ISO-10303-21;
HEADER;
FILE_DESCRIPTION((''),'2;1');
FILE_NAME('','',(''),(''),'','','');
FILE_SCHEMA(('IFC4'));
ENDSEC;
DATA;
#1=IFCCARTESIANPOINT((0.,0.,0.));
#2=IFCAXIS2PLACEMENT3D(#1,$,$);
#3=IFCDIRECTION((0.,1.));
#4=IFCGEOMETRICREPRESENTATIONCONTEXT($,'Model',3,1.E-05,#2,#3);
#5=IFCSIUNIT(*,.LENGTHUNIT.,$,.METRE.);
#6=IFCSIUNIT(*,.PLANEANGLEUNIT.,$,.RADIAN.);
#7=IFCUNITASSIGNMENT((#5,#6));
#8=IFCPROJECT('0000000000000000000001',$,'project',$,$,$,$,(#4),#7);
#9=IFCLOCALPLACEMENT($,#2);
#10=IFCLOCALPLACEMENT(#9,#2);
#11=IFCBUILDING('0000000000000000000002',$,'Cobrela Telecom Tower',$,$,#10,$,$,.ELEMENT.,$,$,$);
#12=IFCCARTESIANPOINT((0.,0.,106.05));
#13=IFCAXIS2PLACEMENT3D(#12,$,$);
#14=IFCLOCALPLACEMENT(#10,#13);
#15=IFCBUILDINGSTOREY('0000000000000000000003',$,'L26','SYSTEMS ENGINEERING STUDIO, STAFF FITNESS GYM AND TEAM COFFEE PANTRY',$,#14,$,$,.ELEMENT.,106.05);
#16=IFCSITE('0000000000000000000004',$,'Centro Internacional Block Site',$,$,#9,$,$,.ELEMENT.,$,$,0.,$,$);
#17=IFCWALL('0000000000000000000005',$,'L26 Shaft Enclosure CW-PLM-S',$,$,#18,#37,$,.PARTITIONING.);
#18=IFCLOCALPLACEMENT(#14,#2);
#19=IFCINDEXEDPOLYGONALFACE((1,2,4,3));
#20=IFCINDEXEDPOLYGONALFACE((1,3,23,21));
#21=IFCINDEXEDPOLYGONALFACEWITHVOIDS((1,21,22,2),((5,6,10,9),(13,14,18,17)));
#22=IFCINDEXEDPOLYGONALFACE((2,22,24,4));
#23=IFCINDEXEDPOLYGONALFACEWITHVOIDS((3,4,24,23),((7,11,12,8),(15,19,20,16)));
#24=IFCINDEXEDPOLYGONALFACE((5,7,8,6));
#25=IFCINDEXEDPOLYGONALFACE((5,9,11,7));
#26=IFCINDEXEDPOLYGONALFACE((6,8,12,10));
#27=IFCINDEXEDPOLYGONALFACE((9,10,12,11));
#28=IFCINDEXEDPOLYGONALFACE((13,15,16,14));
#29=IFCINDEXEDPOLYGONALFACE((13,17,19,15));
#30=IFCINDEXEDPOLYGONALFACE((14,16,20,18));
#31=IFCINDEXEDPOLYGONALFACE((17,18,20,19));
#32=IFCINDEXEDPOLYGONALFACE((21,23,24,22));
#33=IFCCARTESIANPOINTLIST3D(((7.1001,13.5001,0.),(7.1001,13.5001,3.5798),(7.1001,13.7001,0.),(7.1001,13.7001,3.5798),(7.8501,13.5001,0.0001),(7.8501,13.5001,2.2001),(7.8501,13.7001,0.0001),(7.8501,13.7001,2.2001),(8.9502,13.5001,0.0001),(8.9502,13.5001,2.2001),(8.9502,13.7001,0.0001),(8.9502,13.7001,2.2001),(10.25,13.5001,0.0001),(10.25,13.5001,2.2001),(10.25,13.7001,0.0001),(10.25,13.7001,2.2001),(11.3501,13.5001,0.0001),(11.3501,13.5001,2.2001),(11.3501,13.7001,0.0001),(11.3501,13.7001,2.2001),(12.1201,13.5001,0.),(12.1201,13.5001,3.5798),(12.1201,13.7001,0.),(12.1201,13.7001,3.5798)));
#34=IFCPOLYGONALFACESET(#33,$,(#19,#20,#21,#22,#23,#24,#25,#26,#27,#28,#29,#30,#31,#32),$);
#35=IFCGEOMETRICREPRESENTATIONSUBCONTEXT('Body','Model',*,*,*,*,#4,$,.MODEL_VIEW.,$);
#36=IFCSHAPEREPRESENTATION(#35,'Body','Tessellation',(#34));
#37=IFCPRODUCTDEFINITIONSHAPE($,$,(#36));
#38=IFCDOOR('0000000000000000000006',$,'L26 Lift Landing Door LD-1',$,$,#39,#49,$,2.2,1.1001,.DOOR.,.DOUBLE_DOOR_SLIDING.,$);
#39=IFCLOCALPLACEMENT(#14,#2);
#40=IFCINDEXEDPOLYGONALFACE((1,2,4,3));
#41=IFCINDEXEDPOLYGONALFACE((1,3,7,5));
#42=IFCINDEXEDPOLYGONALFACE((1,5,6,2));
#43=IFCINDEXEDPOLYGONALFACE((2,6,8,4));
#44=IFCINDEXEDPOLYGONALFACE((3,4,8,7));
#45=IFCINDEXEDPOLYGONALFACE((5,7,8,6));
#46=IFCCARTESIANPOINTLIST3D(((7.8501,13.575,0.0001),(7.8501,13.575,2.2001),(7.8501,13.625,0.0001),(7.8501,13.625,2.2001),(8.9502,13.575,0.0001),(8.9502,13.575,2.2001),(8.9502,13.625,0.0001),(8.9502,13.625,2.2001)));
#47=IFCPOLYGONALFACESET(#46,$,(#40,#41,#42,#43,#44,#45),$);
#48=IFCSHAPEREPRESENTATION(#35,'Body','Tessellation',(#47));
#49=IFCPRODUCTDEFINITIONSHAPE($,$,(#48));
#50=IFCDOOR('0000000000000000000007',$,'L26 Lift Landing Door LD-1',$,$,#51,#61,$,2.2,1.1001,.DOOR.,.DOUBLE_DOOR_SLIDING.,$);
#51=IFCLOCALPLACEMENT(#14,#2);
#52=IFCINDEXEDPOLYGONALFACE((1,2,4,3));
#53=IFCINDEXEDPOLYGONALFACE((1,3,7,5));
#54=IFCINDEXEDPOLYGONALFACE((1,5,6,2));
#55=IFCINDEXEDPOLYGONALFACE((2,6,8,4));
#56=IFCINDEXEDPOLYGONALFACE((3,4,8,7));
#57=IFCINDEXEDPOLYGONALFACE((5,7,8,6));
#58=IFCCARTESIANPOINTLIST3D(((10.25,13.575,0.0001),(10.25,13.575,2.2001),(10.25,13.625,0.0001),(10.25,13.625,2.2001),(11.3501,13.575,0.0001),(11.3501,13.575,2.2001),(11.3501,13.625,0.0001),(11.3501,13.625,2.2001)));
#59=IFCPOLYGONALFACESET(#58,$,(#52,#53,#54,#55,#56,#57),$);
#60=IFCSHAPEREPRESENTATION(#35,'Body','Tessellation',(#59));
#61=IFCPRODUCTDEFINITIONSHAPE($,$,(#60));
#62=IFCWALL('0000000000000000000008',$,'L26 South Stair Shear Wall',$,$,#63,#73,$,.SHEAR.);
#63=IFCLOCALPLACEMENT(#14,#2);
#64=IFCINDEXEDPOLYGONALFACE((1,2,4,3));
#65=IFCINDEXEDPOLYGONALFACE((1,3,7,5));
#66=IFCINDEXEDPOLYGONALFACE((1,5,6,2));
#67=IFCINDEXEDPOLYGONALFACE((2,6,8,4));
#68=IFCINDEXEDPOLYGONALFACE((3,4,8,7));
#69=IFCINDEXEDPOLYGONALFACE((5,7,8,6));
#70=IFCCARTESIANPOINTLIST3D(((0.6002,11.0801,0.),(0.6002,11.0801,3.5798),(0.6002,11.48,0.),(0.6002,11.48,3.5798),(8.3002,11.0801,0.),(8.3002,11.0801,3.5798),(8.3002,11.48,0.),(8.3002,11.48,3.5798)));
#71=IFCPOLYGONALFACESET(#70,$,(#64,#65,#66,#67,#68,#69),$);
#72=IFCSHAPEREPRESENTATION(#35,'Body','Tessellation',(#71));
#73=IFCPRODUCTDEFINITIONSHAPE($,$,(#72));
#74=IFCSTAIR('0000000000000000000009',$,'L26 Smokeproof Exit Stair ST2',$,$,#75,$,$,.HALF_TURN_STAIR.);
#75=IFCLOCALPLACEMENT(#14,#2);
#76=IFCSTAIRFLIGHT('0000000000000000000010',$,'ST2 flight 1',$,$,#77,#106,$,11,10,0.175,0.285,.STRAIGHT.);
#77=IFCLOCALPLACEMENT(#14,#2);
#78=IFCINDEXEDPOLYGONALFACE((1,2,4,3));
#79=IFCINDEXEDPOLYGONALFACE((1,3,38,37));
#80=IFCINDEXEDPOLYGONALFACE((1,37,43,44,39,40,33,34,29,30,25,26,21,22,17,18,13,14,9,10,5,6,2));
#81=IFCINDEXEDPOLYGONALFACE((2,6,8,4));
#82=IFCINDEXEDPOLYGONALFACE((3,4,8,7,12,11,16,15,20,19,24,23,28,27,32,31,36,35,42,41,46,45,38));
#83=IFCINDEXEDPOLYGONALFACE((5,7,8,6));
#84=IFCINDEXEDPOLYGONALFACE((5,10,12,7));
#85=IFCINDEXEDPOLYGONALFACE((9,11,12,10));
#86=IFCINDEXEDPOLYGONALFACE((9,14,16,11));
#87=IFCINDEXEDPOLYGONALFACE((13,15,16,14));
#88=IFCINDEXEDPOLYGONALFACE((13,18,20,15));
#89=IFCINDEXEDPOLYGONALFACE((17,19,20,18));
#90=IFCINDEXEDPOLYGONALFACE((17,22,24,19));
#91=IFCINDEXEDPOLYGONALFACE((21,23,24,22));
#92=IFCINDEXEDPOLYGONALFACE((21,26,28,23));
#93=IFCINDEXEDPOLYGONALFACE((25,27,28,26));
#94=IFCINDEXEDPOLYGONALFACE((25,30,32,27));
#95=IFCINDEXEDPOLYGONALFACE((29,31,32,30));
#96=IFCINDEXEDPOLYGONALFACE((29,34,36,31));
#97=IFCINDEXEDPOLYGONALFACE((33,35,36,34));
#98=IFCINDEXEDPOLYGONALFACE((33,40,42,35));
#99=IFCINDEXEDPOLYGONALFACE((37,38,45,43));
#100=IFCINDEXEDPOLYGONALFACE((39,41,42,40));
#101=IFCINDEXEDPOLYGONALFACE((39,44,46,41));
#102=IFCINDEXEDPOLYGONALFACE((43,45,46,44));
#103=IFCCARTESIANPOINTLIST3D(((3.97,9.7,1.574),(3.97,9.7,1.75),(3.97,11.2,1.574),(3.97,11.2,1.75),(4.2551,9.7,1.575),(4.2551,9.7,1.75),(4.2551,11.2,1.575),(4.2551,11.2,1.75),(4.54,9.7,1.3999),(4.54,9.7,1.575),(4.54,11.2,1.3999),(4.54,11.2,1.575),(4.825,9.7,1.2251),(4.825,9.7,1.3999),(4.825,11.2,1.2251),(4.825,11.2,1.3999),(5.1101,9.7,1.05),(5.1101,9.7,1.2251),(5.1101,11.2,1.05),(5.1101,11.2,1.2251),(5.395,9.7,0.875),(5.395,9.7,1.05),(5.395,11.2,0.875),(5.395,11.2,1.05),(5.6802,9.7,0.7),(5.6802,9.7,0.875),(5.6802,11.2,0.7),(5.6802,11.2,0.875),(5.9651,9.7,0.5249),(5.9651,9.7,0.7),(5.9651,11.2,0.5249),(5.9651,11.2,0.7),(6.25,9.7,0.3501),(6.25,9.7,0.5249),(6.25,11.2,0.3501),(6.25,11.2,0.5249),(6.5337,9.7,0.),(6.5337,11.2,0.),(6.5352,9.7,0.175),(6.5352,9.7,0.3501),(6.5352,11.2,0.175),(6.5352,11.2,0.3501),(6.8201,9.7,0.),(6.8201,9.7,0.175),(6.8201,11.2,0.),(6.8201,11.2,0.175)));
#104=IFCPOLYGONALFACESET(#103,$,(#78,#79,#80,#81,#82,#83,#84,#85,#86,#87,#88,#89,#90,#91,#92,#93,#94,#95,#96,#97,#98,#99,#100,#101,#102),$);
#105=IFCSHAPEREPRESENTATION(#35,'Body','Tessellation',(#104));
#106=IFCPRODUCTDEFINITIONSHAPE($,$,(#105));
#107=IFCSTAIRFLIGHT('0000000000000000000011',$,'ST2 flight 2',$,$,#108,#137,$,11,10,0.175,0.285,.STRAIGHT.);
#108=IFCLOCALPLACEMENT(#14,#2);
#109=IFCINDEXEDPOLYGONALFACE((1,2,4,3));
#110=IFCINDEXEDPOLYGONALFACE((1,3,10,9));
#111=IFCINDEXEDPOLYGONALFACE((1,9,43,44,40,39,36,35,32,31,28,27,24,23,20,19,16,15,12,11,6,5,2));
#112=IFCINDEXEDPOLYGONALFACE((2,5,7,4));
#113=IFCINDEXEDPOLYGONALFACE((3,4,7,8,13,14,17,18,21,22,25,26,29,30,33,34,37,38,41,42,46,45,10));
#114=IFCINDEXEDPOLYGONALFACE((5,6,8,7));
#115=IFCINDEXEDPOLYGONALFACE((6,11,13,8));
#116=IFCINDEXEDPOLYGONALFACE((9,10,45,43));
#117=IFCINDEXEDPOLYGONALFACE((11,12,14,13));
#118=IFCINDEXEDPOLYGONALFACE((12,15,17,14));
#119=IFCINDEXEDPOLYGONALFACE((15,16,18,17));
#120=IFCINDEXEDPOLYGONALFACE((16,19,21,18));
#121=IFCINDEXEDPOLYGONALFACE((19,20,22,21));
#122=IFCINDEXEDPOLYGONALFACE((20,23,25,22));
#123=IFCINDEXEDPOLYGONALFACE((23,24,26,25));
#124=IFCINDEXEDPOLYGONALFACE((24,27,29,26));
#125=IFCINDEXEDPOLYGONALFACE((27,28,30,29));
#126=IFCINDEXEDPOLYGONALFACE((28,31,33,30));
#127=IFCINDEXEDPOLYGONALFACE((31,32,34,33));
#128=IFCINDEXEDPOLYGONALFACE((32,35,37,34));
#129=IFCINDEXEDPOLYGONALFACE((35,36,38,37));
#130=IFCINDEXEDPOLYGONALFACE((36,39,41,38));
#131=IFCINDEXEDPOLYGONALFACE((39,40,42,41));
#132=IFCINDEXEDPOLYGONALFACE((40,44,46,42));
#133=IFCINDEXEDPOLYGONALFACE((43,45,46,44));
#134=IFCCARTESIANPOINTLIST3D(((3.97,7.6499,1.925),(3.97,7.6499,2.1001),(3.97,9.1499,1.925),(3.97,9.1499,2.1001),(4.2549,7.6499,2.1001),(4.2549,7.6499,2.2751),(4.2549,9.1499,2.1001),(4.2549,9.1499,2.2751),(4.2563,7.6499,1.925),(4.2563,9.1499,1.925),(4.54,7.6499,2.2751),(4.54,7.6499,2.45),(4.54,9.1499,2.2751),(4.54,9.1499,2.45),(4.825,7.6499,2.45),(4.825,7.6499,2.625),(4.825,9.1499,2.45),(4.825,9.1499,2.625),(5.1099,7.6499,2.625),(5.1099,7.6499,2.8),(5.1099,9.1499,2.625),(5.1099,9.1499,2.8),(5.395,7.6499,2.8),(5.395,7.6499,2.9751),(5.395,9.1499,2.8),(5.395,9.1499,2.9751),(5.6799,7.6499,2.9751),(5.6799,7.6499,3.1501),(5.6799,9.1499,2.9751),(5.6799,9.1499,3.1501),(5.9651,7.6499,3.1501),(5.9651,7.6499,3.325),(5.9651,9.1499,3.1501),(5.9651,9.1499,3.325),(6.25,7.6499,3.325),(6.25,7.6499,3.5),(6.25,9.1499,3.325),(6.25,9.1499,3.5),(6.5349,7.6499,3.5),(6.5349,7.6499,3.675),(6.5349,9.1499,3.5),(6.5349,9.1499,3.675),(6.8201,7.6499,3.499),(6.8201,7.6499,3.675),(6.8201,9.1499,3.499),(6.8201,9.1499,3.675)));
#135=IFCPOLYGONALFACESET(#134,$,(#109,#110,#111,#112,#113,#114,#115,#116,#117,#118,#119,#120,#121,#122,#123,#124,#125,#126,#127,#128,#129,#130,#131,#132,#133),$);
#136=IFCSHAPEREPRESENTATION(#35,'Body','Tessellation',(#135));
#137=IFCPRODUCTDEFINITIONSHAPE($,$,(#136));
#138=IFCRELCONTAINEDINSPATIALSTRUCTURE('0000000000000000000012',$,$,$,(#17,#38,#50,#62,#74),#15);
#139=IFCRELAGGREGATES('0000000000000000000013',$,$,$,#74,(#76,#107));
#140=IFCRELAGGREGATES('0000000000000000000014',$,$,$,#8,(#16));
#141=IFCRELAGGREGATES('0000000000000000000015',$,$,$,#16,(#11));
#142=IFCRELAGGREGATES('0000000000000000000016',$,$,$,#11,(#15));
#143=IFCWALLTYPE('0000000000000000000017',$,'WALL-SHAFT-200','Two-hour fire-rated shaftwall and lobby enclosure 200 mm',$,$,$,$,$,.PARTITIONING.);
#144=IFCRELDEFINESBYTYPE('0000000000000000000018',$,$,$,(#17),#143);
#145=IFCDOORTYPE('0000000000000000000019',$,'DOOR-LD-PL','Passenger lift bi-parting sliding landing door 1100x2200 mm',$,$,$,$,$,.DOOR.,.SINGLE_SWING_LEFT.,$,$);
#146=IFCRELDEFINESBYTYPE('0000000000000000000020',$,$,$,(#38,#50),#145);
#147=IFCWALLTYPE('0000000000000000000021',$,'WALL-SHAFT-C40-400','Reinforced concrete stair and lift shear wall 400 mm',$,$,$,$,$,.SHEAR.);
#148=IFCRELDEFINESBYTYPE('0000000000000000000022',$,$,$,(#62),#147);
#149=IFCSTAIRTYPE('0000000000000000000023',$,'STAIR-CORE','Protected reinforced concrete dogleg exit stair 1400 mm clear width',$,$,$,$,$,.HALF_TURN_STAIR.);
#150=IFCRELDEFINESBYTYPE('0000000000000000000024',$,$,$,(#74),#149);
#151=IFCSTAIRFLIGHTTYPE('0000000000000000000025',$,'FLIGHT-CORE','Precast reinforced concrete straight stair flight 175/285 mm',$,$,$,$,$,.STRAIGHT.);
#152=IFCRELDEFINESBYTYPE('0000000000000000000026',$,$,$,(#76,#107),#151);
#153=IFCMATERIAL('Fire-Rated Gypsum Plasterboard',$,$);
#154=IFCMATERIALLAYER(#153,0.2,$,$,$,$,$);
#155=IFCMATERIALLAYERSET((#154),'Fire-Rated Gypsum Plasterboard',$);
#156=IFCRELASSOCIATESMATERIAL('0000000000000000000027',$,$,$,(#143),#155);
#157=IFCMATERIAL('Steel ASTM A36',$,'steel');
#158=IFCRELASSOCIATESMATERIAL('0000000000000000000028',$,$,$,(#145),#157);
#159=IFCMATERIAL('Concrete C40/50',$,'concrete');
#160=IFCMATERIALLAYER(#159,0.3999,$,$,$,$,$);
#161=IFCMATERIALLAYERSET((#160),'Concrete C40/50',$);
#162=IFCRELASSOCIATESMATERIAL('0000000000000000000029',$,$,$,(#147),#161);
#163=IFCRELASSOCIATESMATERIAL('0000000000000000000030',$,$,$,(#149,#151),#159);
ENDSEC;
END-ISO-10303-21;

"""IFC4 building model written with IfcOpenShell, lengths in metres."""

from ifc_helpers import new_model, si_unit, direction, frame, frame_2d, origin, place, context, subcontext, project, spatial, polyline, rectangle, outline, extrude, material, layer, layer_set, type_object, element, fill, aggregate, save


model = new_model("IFC4")

# Units and contexts
model_context = context("Model", 3, precision=1e-05, world=origin(), true_north=direction((0.0, 1.0)))
body_context = subcontext(model_context, "Body", "Model", "MODEL_VIEW")
ifc_project = project(units=[si_unit("LENGTHUNIT", "METRE"), si_unit("PLANEANGLEUNIT", "RADIAN")], contexts=[model_context])

# Site, building, storey
site_placement = place(None, origin())
site = spatial("IfcSite", under=ifc_project, at=site_placement, Name="Centro Internacional Block Site", CompositionType="ELEMENT", RefElevation=0.0)
building_placement = place(site_placement, origin())
building = spatial("IfcBuilding", under=site, at=building_placement, Name="Cobrela Telecom Tower", CompositionType="ELEMENT")
storey_placement = place(building_placement, frame((0.0, 0.0, 106.05)))
storey = spatial("IfcBuildingStorey", under=building, at=storey_placement, Name="L26", Description="SYSTEMS ENGINEERING STUDIO, STAFF FITNESS GYM AND TEAM COFFEE PANTRY", CompositionType="ELEMENT", Elevation=106.05)

# Shared definitions
ifc_material_1 = material(Name="Fire-Rated Gypsum Plasterboard")

# Shared definitions
ifc_layer_1 = layer(ifc_material_1, 0.2)
ifc_layer_set_1 = layer_set([ifc_layer_1], Name="Fire-Rated Gypsum Plasterboard")
wall_type_1 = type_object("IfcWallType", Name="WALL-SHAFT-200", Description="Two-hour fire-rated shaftwall and lobby enclosure 200 mm", PredefinedType="PARTITIONING", material=ifc_layer_set_1)

# Wall, openings, doors
ifc_material_2 = material(Name="Steel ASTM A36", Category="steel")
door_type_1 = type_object("IfcDoorType", Name="DOOR-LD-PL", Description="Passenger lift bi-parting sliding landing door 1100x2200 mm", OperationType="SINGLE_SWING_LEFT", PredefinedType="DOOR", material=ifc_material_2)
wall_1_placement = place(storey_placement, frame((7.1001, 13.6001, 0.0), z_axis=(0.0, 0.0, 1.0), x_axis=(1.0, 0.0, 0.0)))
wall_1 = element("IfcWall", 1, at=wall_1_placement, inside=storey, type_object=wall_type_1, Name="L26 Shaft Enclosure CW-PLM-S", PredefinedType="PARTITIONING", context=body_context, shape_type="SweptSolid", body=[
    extrude(rectangle(XDim=5.02, YDim=0.2, at=frame_2d((2.51, 0.0))), origin(), (0.0, 0.0, 1.0), 3.5798),
])
opening_1_placement = place(wall_1_placement, frame((0.75, 0.0, 0.0)))
opening_1 = element("IfcOpeningElement", 2, at=opening_1_placement, cuts=wall_1, PredefinedType="OPENING", context=body_context, shape_type="SweptSolid", body=[
    extrude(rectangle(XDim=1.1001, YDim=2.2, at=frame_2d((0.55, 1.1001))), frame((0.0, 0.1118, 0.0), z_axis=(0.0, -1.0, 0.0), x_axis=(1.0, 0.0, 0.0)), (0.0, 0.0, 1.0), 0.2239),
])
opening_2_placement = place(wall_1_placement, frame((3.1499, 0.0, 0.0)))
opening_2 = element("IfcOpeningElement", 3, at=opening_2_placement, cuts=wall_1, PredefinedType="OPENING", context=body_context, shape_type="SweptSolid", body=[
    extrude(rectangle(XDim=1.1001, YDim=2.2, at=frame_2d((0.55, 1.1001))), frame((0.0, 0.1118, 0.0), z_axis=(0.0, -1.0, 0.0), x_axis=(1.0, 0.0, 0.0)), (0.0, 0.0, 1.0), 0.2239),
])
door_1_placement = place(opening_1_placement, origin())
door_1 = element("IfcDoor", 4, at=door_1_placement, inside=storey, type_object=door_type_1, Name="L26 Lift Landing Door LD-1", OperationType="DOUBLE_DOOR_SLIDING", OverallHeight=2.2, OverallWidth=1.1001, PredefinedType="DOOR", context=body_context, shape_type="SweptSolid", body=[
    extrude(rectangle(XDim=1.1001, YDim=2.2, at=frame_2d((0.55, 1.1001))), frame((0.0, 0.0249, 0.0), z_axis=(0.0, -1.0, 0.0), x_axis=(1.0, 0.0, 0.0)), (0.0, 0.0, 1.0), 0.05),
])
fill(opening_1, door_1)
door_2_placement = place(opening_2_placement, origin())
door_2 = element("IfcDoor", 5, at=door_2_placement, inside=storey, type_object=door_type_1, Name="L26 Lift Landing Door LD-1", OperationType="DOUBLE_DOOR_SLIDING", OverallHeight=2.2, OverallWidth=1.1001, PredefinedType="DOOR", context=body_context, shape_type="SweptSolid", body=[
    extrude(rectangle(XDim=1.1001, YDim=2.2, at=frame_2d((0.55, 1.1001))), frame((0.0, 0.0249, 0.0), z_axis=(0.0, -1.0, 0.0), x_axis=(1.0, 0.0, 0.0)), (0.0, 0.0, 1.0), 0.05),
])
fill(opening_2, door_2)

# Wall
ifc_material_3 = material(Name="Concrete C40/50", Category="concrete")
ifc_layer_2 = layer(ifc_material_3, 0.3999)
ifc_layer_set_2 = layer_set([ifc_layer_2], Name="Concrete C40/50")
wall_type_2 = type_object("IfcWallType", Name="WALL-SHAFT-C40-400", Description="Reinforced concrete stair and lift shear wall 400 mm", PredefinedType="SHEAR", material=ifc_layer_set_2)
wall_2_placement = place(storey_placement, frame((0.6001, 11.28, 0.0), z_axis=(0.0, 0.0, 1.0), x_axis=(1.0, 0.0, 0.0)))
element("IfcWall", 6, at=wall_2_placement, inside=storey, type_object=wall_type_2, Name="L26 South Stair Shear Wall", PredefinedType="SHEAR", context=body_context, shape_type="SweptSolid", body=[
    extrude(rectangle(XDim=7.7, YDim=0.3999, at=frame_2d((3.8501, 0.0))), origin(), (0.0, 0.0, 1.0), 3.5798),
])

# Stair, stair flights
stair_type = type_object("IfcStairType", Name="STAIR-CORE", Description="Protected reinforced concrete dogleg exit stair 1400 mm clear width", PredefinedType="HALF_TURN_STAIR", material=ifc_material_3)
stair_placement = place(storey_placement, origin())
stair = element("IfcStair", 7, at=stair_placement, inside=storey, type_object=stair_type, Name="L26 Smokeproof Exit Stair ST2", PredefinedType="HALF_TURN_STAIR")
stair_flight_type = type_object("IfcStairFlightType", Name="FLIGHT-CORE", Description="Precast reinforced concrete straight stair flight 175/285 mm", PredefinedType="STRAIGHT", material=ifc_material_3)
stair_flight_1_placement = place(storey_placement, frame((6.8201, 10.45, 0.0), z_axis=(0.0, 0.0, 1.0), x_axis=(-1.0, 0.0, 0.0)))
stair_flight_1 = element("IfcStairFlight", 8, at=stair_flight_1_placement, type_object=stair_flight_type, Name="ST2 flight 1", NumberOfRisers=11, NumberOfTreads=10, PredefinedType="STRAIGHT", RiserHeight=0.175, TreadLength=0.285, context=body_context, shape_type="SweptSolid", body=[
    extrude(outline(polyline([(0.0, 0.0), (0.0, 0.175), (0.2849, 0.175), (0.2849, 0.3501), (0.5701, 0.3501), (0.5701, 0.5249), (0.855, 0.5249), (0.855, 0.7), (1.1399, 0.7), (1.1399, 0.875), (1.425, 0.875), (1.425, 1.05), (1.71, 1.05), (1.71, 1.2251), (1.9951, 1.2251), (1.9951, 1.3999), (2.28, 1.3999), (2.28, 1.575), (2.5649, 1.575), (2.5649, 1.75), (2.8501, 1.75), (2.8501, 1.925), (2.8501, 1.574), (0.2864, 0.0), (0.0, 0.0)])), frame((0.0, 0.75, 0.0), z_axis=(0.0, -1.0, 0.0), x_axis=(1.0, 0.0, 0.0)), (0.0, 0.0, 1.0), 1.5),
])
stair_flight_2_placement = place(storey_placement, frame((3.97, 8.3999, 1.925), z_axis=(0.0, 0.0, 1.0), x_axis=(1.0, 0.0, 0.0)))
stair_flight_2 = element("IfcStairFlight", 9, at=stair_flight_2_placement, type_object=stair_flight_type, Name="ST2 flight 2", NumberOfRisers=11, NumberOfTreads=10, PredefinedType="STRAIGHT", RiserHeight=0.175, TreadLength=0.285, context=body_context, shape_type="SweptSolid", body=[
    extrude(outline(polyline([(0.0, 0.0), (0.0, 0.175), (0.2849, 0.175), (0.2849, 0.3501), (0.5701, 0.3501), (0.5701, 0.5249), (0.855, 0.5249), (0.855, 0.7), (1.1399, 0.7), (1.1399, 0.875), (1.425, 0.875), (1.425, 1.05), (1.71, 1.05), (1.71, 1.2251), (1.9951, 1.2251), (1.9951, 1.3999), (2.28, 1.3999), (2.28, 1.575), (2.5649, 1.575), (2.5649, 1.75), (2.8501, 1.75), (2.8501, 1.925), (2.8501, 1.574), (0.2864, 0.0), (0.0, 0.0)])), frame((0.0, 0.75, 0.0), z_axis=(0.0, -1.0, 0.0), x_axis=(1.0, 0.0, 0.0)), (0.0, 0.0, 1.0), 1.5),
])
aggregate(stair, [stair_flight_1, stair_flight_2])

save(model, "model.ifc")
